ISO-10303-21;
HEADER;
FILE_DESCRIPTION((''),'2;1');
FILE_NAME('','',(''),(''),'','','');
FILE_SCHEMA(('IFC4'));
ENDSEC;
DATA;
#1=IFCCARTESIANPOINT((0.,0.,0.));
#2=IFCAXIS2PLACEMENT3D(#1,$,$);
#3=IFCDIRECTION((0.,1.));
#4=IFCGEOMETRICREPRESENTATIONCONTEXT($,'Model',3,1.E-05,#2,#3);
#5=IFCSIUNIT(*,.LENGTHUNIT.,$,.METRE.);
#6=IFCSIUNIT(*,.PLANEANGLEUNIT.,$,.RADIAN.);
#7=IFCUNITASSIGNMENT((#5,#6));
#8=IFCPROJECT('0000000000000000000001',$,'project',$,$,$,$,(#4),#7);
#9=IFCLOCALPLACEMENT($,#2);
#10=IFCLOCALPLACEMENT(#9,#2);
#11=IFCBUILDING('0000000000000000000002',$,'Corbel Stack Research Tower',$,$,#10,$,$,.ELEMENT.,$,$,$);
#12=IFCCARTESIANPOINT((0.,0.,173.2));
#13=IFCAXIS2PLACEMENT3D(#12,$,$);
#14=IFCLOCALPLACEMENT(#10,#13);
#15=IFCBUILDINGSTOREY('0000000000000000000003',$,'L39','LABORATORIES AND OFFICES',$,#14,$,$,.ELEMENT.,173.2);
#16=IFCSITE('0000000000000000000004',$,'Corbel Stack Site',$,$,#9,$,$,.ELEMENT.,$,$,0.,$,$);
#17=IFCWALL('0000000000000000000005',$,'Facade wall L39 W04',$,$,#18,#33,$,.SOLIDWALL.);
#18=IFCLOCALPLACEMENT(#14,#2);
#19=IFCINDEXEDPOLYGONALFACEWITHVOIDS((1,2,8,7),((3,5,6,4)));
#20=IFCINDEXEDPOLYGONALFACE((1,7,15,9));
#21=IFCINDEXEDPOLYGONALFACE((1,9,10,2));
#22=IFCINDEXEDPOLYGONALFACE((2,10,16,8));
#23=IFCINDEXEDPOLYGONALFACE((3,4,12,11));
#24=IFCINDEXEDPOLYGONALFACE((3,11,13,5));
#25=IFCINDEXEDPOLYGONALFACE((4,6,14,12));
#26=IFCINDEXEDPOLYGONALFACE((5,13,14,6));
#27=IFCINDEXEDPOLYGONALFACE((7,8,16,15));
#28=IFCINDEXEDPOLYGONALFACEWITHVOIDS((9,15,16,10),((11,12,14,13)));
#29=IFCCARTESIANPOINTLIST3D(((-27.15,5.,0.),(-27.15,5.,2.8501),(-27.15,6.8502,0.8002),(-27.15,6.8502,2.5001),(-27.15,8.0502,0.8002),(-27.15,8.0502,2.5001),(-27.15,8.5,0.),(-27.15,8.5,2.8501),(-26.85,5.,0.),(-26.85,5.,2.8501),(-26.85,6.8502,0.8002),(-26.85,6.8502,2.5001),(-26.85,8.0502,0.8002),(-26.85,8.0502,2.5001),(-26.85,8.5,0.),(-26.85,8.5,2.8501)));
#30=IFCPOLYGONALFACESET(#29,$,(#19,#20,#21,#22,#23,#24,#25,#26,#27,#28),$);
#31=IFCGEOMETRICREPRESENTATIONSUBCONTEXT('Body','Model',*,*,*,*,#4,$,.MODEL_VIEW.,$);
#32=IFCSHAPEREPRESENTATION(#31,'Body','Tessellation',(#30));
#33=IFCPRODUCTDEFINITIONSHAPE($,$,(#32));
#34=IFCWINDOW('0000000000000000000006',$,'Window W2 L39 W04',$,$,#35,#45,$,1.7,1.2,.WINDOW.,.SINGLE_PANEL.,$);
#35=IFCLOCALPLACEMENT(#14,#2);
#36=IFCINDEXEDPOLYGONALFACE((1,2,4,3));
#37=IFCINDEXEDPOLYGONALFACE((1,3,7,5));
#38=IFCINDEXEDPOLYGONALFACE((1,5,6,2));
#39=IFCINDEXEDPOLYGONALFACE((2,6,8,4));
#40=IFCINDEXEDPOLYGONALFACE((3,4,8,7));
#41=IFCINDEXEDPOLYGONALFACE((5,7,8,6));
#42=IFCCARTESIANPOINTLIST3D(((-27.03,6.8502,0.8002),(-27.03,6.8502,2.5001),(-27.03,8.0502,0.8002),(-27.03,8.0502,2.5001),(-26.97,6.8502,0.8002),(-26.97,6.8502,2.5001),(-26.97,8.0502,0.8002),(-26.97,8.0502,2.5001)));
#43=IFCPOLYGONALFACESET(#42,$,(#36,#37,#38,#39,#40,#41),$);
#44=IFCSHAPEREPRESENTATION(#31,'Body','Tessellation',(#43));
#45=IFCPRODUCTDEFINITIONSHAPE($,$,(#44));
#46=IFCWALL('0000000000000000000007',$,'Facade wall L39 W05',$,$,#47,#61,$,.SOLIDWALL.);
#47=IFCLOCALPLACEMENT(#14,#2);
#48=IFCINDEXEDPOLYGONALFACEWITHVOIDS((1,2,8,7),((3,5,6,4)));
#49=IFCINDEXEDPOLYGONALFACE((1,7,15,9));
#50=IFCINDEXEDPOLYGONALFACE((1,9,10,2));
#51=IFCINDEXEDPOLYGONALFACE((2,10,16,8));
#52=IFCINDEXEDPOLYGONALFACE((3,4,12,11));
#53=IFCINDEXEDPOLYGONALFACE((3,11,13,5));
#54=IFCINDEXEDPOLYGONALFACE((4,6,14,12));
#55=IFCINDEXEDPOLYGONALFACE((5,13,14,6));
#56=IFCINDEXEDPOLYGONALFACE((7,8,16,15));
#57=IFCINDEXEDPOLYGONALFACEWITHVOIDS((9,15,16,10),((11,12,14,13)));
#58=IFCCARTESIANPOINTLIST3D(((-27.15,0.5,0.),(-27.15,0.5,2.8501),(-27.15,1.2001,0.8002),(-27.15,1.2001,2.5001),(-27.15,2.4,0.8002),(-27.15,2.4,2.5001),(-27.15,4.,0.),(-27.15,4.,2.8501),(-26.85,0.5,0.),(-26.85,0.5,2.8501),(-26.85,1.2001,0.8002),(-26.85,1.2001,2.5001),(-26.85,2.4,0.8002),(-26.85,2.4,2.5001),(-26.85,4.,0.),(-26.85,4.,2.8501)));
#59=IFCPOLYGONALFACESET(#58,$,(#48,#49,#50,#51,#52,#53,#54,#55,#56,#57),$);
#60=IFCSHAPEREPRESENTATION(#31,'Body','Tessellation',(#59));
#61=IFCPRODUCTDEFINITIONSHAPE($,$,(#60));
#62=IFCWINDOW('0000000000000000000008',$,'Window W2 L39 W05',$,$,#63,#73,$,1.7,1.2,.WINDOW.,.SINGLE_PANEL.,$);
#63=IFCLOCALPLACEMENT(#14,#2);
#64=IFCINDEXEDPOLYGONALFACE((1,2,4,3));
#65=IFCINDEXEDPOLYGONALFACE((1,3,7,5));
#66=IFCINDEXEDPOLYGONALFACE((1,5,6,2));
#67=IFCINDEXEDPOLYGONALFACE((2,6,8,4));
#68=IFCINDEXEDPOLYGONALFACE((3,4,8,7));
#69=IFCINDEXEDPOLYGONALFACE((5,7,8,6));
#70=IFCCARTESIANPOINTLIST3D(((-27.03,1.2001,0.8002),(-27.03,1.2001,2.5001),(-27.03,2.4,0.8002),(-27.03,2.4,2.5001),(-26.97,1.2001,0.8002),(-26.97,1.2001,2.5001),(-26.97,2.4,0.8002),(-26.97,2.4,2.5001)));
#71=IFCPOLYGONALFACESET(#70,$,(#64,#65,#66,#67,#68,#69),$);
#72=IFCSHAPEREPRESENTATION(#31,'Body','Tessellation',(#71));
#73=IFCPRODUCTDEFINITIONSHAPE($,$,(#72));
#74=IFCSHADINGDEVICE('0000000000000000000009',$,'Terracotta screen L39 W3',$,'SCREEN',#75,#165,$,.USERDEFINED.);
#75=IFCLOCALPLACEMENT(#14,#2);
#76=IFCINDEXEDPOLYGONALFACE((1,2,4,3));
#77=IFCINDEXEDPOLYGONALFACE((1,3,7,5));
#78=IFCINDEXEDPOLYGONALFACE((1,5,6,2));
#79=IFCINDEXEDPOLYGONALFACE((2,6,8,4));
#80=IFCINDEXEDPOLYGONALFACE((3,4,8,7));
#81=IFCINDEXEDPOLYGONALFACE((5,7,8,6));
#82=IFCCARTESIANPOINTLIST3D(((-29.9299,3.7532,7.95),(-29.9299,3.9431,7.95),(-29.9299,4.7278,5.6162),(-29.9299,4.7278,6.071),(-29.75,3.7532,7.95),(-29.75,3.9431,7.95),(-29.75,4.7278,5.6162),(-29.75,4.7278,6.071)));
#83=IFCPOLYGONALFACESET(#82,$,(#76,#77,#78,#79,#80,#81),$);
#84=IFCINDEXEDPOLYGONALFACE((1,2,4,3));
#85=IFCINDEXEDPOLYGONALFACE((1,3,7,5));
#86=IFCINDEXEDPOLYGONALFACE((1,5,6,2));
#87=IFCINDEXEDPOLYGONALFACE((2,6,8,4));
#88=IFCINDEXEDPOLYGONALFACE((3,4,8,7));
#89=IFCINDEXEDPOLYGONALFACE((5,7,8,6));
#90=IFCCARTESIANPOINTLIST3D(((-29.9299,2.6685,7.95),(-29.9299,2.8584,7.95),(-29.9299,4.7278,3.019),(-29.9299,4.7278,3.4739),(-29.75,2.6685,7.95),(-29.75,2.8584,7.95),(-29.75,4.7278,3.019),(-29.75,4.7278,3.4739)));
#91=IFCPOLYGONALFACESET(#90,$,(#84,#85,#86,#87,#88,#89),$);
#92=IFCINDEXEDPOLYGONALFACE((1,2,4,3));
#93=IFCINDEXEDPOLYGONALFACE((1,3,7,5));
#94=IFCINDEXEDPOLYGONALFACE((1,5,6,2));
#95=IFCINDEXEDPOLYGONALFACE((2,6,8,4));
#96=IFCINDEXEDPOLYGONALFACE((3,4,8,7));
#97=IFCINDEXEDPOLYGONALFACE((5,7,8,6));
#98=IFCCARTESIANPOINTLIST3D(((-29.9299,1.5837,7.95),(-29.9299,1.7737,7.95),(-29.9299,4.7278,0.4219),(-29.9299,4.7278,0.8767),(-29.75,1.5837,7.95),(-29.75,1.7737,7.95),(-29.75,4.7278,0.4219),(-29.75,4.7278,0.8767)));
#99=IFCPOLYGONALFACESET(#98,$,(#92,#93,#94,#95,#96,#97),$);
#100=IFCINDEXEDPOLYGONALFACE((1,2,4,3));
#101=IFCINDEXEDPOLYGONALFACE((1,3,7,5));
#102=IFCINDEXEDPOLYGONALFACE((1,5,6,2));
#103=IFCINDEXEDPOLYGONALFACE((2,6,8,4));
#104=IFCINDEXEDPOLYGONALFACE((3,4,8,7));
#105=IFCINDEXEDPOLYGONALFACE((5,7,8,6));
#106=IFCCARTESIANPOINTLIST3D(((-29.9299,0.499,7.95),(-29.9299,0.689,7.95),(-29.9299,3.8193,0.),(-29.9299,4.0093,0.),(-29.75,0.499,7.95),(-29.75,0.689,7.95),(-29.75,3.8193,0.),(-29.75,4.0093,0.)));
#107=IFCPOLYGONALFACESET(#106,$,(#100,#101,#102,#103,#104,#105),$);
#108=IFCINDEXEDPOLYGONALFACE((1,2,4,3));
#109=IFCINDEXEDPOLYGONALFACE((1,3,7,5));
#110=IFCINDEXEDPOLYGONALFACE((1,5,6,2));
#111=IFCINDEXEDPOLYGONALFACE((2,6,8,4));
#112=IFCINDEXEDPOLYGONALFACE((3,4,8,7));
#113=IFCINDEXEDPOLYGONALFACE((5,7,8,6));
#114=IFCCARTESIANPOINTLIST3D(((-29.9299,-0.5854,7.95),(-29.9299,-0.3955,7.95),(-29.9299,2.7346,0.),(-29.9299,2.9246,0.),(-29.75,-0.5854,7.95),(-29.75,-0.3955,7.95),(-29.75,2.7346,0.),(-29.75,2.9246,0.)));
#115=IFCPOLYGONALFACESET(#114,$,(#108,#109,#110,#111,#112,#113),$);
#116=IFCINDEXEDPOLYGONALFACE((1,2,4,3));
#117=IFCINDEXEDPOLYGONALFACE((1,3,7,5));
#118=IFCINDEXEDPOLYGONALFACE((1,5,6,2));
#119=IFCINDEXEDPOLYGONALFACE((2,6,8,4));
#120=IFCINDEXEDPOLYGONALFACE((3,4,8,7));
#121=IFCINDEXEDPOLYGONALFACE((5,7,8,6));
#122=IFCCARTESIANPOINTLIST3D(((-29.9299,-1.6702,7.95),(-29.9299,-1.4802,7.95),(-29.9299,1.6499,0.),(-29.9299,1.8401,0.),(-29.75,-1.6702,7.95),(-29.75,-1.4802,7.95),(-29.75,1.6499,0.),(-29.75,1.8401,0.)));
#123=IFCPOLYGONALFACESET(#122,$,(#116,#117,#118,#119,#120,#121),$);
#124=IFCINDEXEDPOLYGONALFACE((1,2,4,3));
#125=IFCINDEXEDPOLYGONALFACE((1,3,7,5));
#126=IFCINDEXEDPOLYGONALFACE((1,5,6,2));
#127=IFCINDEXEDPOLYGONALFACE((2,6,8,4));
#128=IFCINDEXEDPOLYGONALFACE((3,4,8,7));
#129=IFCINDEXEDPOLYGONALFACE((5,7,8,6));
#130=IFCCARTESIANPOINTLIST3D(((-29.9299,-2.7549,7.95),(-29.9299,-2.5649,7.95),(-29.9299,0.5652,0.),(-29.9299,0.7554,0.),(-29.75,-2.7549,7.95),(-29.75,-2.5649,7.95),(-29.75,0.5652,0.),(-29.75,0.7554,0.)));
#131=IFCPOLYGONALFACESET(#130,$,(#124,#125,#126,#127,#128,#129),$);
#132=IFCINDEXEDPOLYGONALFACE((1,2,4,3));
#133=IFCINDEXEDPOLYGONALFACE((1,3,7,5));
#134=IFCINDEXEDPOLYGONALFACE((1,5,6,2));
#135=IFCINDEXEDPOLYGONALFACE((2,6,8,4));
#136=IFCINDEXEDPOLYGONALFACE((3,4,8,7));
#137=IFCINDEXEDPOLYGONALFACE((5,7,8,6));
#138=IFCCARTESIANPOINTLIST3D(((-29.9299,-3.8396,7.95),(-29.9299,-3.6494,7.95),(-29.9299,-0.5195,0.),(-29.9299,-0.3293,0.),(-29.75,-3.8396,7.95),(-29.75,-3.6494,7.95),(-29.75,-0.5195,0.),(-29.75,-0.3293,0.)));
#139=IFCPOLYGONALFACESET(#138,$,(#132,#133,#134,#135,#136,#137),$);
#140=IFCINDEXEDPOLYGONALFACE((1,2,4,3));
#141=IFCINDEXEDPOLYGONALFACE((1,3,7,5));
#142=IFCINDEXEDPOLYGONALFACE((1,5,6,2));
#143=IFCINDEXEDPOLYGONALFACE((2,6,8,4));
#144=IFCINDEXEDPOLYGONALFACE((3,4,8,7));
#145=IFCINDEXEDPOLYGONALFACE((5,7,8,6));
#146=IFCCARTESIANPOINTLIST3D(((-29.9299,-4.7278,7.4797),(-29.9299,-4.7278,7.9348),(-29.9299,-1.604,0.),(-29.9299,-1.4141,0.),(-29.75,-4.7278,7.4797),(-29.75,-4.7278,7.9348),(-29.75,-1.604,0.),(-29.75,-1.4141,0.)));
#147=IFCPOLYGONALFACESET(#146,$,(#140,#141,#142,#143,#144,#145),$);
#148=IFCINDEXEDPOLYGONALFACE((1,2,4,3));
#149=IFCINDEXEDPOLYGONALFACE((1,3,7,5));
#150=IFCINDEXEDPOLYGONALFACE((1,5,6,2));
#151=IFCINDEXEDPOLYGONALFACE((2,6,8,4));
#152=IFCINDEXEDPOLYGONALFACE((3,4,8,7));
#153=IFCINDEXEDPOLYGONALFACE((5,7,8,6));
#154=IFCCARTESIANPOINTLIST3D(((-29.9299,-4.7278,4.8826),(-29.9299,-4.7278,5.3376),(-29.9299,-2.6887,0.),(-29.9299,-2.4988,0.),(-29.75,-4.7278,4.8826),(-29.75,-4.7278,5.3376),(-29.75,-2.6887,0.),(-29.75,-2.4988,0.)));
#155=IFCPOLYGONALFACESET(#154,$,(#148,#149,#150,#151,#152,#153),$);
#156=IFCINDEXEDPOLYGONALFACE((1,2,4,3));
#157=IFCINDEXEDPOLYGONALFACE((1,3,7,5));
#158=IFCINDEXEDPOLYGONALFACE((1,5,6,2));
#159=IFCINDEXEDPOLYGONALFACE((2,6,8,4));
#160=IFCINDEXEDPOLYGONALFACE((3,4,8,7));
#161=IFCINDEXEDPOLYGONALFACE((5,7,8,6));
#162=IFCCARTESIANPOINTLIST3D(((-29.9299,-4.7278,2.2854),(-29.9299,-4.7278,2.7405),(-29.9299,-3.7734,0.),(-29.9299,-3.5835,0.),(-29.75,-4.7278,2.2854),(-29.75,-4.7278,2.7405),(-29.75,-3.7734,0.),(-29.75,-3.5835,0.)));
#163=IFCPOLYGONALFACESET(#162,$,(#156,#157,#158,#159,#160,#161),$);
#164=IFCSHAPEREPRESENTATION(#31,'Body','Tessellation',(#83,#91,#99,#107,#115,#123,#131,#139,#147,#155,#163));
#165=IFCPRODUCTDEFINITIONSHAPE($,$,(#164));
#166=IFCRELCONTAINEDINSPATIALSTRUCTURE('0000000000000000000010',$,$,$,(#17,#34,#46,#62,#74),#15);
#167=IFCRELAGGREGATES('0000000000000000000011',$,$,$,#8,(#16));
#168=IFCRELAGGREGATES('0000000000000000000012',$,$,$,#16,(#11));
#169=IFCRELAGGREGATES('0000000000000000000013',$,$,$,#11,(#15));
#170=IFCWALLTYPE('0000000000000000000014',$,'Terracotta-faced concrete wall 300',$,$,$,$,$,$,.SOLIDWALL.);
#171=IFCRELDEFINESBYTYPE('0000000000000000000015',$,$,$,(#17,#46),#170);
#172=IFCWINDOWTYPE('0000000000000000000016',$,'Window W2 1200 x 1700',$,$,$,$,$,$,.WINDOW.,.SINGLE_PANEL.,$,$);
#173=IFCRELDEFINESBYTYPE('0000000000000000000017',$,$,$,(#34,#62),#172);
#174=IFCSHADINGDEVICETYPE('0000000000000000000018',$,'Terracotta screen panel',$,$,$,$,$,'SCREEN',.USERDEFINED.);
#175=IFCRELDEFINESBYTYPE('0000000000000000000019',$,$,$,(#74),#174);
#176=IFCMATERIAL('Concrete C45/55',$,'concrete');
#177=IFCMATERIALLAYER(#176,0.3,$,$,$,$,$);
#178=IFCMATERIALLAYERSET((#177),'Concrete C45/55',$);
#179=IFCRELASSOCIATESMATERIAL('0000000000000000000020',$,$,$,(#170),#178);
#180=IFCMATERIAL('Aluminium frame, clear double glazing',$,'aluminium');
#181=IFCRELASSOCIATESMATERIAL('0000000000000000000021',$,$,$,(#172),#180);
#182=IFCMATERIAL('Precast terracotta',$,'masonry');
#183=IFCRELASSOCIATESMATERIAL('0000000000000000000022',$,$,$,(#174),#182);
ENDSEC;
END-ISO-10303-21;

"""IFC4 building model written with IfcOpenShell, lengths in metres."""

from ifc_helpers import new_model, si_unit, direction, frame, frame_2d, origin, place, context, subcontext, project, spatial, polyline, rectangle, outline, extrude, source, transform, mapped, material, layer, layer_set, type_object, element, fill, save


model = new_model("IFC4")

# Units and contexts
model_context = context("Model", 3, precision=1e-05, world=origin(), true_north=direction((0.0, 1.0)))
body_context = subcontext(model_context, "Body", "Model", "MODEL_VIEW")
ifc_project = project(units=[si_unit("LENGTHUNIT", "METRE"), si_unit("PLANEANGLEUNIT", "RADIAN")], contexts=[model_context])

# Site, building, storey
site_placement = place(None, origin())
site = spatial("IfcSite", under=ifc_project, at=site_placement, Name="Corbel Stack Site", CompositionType="ELEMENT", RefElevation=0.0)
building_placement = place(site_placement, origin())
building = spatial("IfcBuilding", under=site, at=building_placement, Name="Corbel Stack Research Tower", CompositionType="ELEMENT")
storey_placement = place(building_placement, frame((0.0, 0.0, 173.2)))
storey = spatial("IfcBuildingStorey", under=building, at=storey_placement, Name="L39", Description="LABORATORIES AND OFFICES", CompositionType="ELEMENT", Elevation=173.2)

# Walls, openings, windows
ifc_material_1 = material(Name="Concrete C45/55", Category="concrete")
ifc_layer_1 = layer(ifc_material_1, 0.3)
ifc_layer_set_1 = layer_set([ifc_layer_1], Name="Concrete C45/55")
wall_type_1 = type_object("IfcWallType", Name="Terracotta-faced concrete wall 300", PredefinedType="SOLIDWALL", material=ifc_layer_set_1)
wall_1_placement = place(storey_placement, frame((-27.0, 5.0, 0.0), z_axis=(0.0, 0.0, 1.0), x_axis=(0.0, 1.0, 0.0)))
wall_1 = element("IfcWall", 1, at=wall_1_placement, inside=storey, type_object=wall_type_1, Name="Facade wall L39 W04", PredefinedType="SOLIDWALL", context=body_context, shape_type="SweptSolid", body=[
    extrude(rectangle(XDim=3.5, YDim=0.3, at=frame_2d((1.75, 0.0))), origin(), (0.0, 0.0, 1.0), 2.8501),
])
opening_1_placement = place(wall_1_placement, frame((1.8501, 0.0, 0.8)))
opening_1 = element("IfcOpeningElement", 2, at=opening_1_placement, cuts=wall_1, PredefinedType="OPENING", context=body_context, shape_type="SweptSolid", body=[
    extrude(rectangle(XDim=1.2, YDim=1.7, at=frame_2d((0.6001, 0.8501))), frame((0.0, 0.1599, 0.0), z_axis=(0.0, -1.0, 0.0), x_axis=(1.0, 0.0, 0.0)), (0.0, 0.0, 1.0), 0.3201),
])
ifc_material_2 = material(Name="Aluminium frame, clear double glazing", Category="aluminium")
window_type = type_object("IfcWindowType", Name="Window W2 1200 x 1700", PartitioningType="SINGLE_PANEL", PredefinedType="WINDOW", material=ifc_material_2)
window_1_placement = place(opening_1_placement, origin())
window_1 = element("IfcWindow", 3, at=window_1_placement, inside=storey, type_object=window_type, Name="Window W2 L39 W04", OverallHeight=1.7, OverallWidth=1.2, PartitioningType="SINGLE_PANEL", PredefinedType="WINDOW", context=body_context, shape_type="SweptSolid", body=[
    extrude(rectangle(XDim=1.2, YDim=1.7, at=frame_2d((0.6001, 0.8501))), frame((0.0, 0.03, 0.0), z_axis=(0.0, -1.0, 0.0), x_axis=(1.0, 0.0, 0.0)), (0.0, 0.0, 1.0), 0.0601),
])
fill(opening_1, window_1)
wall_2_placement = place(storey_placement, frame((-27.0, 0.5, 0.0), z_axis=(0.0, 0.0, 1.0), x_axis=(0.0, 1.0, 0.0)))
wall_2 = element("IfcWall", 4, at=wall_2_placement, inside=storey, type_object=wall_type_1, Name="Facade wall L39 W05", PredefinedType="SOLIDWALL", context=body_context, shape_type="SweptSolid", body=[
    extrude(rectangle(XDim=3.5, YDim=0.3, at=frame_2d((1.75, 0.0))), origin(), (0.0, 0.0, 1.0), 2.8501),
])
opening_2_placement = place(wall_2_placement, frame((0.7, 0.0, 0.8)))
opening_2 = element("IfcOpeningElement", 5, at=opening_2_placement, cuts=wall_2, PredefinedType="OPENING", context=body_context, shape_type="SweptSolid", body=[
    extrude(rectangle(XDim=1.2, YDim=1.7, at=frame_2d((0.6001, 0.8501))), frame((0.0, 0.1599, 0.0), z_axis=(0.0, -1.0, 0.0), x_axis=(1.0, 0.0, 0.0)), (0.0, 0.0, 1.0), 0.3201),
])
window_2_placement = place(opening_2_placement, origin())
window_2 = element("IfcWindow", 6, at=window_2_placement, inside=storey, type_object=window_type, Name="Window W2 L39 W05", OverallHeight=1.7, OverallWidth=1.2, PartitioningType="SINGLE_PANEL", PredefinedType="WINDOW", context=body_context, shape_type="SweptSolid", body=[
    extrude(rectangle(XDim=1.2, YDim=1.7, at=frame_2d((0.6001, 0.8501))), frame((0.0, 0.03, 0.0), z_axis=(0.0, -1.0, 0.0), x_axis=(1.0, 0.0, 0.0)), (0.0, 0.0, 1.0), 0.0601),
])
fill(opening_2, window_2)

# Shading device
ifc_material_3 = material(Name="Precast terracotta", Category="masonry")
shading_device_type = type_object("IfcShadingDeviceType", Name="Terracotta screen panel", ElementType="SCREEN", PredefinedType="USERDEFINED", material=ifc_material_3)
shared_shape = source(origin(), body_context, "Body", "SweptSolid", [
    extrude(outline(polyline([(0.9746, 7.95), (0.7847, 7.95), (0.0, 6.071), (0.0, 5.6162), (0.9746, 7.95)])), frame((0.0, 0.0, 0.0), z_axis=(0.0, -1.0, 0.0), x_axis=(1.0, 0.0, 0.0)), (0.0, 0.0, 1.0), 0.1799),
    extrude(outline(polyline([(2.0593, 7.95), (1.8694, 7.95), (0.0, 3.4739), (0.0, 3.019), (2.0593, 7.95)])), frame((0.0, 0.0, 0.0), z_axis=(0.0, -1.0, 0.0), x_axis=(1.0, 0.0, 0.0)), (0.0, 0.0, 1.0), 0.1799),
    extrude(outline(polyline([(3.144, 7.95), (2.9541, 7.95), (0.0, 0.8767), (0.0, 0.4219), (3.144, 7.95)])), frame((0.0, 0.0, 0.0), z_axis=(0.0, -1.0, 0.0), x_axis=(1.0, 0.0, 0.0)), (0.0, 0.0, 1.0), 0.1799),
    extrude(outline(polyline([(0.9084, 0.0), (4.2288, 7.95), (4.0388, 7.95), (0.7185, 0.0), (0.9084, 0.0)])), frame((0.0, 0.0, 0.0), z_axis=(0.0, -1.0, 0.0), x_axis=(1.0, 0.0, 0.0)), (0.0, 0.0, 1.0), 0.1799),
    extrude(outline(polyline([(1.9932, 0.0), (5.3132, 7.95), (5.1233, 7.95), (1.8032, 0.0), (1.9932, 0.0)])), frame((0.0, 0.0, 0.0), z_axis=(0.0, -1.0, 0.0), x_axis=(1.0, 0.0, 0.0)), (0.0, 0.0, 1.0), 0.1799),
    extrude(outline(polyline([(3.0779, 0.0), (6.3979, 7.95), (6.208, 7.95), (2.8877, 0.0), (3.0779, 0.0)])), frame((0.0, 0.0, 0.0), z_axis=(0.0, -1.0, 0.0), x_axis=(1.0, 0.0, 0.0)), (0.0, 0.0, 1.0), 0.1799),
    extrude(outline(polyline([(4.1626, 0.0), (7.4827, 7.95), (7.2927, 7.95), (3.9724, 0.0), (4.1626, 0.0)])), frame((0.0, 0.0, 0.0), z_axis=(0.0, -1.0, 0.0), x_axis=(1.0, 0.0, 0.0)), (0.0, 0.0, 1.0), 0.1799),
    extrude(outline(polyline([(5.2473, 0.0), (8.5674, 7.95), (8.3772, 7.95), (5.0571, 0.0), (5.2473, 0.0)])), frame((0.0, 0.0, 0.0), z_axis=(0.0, -1.0, 0.0), x_axis=(1.0, 0.0, 0.0)), (0.0, 0.0, 1.0), 0.1799),
    extrude(outline(polyline([(6.3318, 0.0), (9.4556, 7.4797), (9.4556, 7.9348), (6.1418, 0.0), (6.3318, 0.0)])), frame((0.0, 0.0, 0.0), z_axis=(0.0, -1.0, 0.0), x_axis=(1.0, 0.0, 0.0)), (0.0, 0.0, 1.0), 0.1799),
    extrude(outline(polyline([(7.4165, 0.0), (9.4556, 4.8826), (9.4556, 5.3376), (7.2266, 0.0), (7.4165, 0.0)])), frame((0.0, 0.0, 0.0), z_axis=(0.0, -1.0, 0.0), x_axis=(1.0, 0.0, 0.0)), (0.0, 0.0, 1.0), 0.1799),
    extrude(outline(polyline([(8.5012, 0.0), (9.4556, 2.2854), (9.4556, 2.7405), (8.3113, 0.0), (8.5012, 0.0)])), frame((0.0, 0.0, 0.0), z_axis=(0.0, -1.0, 0.0), x_axis=(1.0, 0.0, 0.0)), (0.0, 0.0, 1.0), 0.1799),
])
shading_device_placement = place(storey_placement, frame((-29.75, 4.7278, 0.0), z_axis=(0.0, 0.0, 1.0), x_axis=(0.0, -1.0, 0.0)))
element("IfcShadingDevice", 7, at=shading_device_placement, inside=storey, type_object=shading_device_type, Name="Terracotta screen L39 W3", ObjectType="SCREEN", PredefinedType="USERDEFINED", context=body_context, shape_type="MappedRepresentation", body=[
    mapped(shared_shape, transform((0.0, 0.0, 0.0))),
])

save(model, "model.ifc")
